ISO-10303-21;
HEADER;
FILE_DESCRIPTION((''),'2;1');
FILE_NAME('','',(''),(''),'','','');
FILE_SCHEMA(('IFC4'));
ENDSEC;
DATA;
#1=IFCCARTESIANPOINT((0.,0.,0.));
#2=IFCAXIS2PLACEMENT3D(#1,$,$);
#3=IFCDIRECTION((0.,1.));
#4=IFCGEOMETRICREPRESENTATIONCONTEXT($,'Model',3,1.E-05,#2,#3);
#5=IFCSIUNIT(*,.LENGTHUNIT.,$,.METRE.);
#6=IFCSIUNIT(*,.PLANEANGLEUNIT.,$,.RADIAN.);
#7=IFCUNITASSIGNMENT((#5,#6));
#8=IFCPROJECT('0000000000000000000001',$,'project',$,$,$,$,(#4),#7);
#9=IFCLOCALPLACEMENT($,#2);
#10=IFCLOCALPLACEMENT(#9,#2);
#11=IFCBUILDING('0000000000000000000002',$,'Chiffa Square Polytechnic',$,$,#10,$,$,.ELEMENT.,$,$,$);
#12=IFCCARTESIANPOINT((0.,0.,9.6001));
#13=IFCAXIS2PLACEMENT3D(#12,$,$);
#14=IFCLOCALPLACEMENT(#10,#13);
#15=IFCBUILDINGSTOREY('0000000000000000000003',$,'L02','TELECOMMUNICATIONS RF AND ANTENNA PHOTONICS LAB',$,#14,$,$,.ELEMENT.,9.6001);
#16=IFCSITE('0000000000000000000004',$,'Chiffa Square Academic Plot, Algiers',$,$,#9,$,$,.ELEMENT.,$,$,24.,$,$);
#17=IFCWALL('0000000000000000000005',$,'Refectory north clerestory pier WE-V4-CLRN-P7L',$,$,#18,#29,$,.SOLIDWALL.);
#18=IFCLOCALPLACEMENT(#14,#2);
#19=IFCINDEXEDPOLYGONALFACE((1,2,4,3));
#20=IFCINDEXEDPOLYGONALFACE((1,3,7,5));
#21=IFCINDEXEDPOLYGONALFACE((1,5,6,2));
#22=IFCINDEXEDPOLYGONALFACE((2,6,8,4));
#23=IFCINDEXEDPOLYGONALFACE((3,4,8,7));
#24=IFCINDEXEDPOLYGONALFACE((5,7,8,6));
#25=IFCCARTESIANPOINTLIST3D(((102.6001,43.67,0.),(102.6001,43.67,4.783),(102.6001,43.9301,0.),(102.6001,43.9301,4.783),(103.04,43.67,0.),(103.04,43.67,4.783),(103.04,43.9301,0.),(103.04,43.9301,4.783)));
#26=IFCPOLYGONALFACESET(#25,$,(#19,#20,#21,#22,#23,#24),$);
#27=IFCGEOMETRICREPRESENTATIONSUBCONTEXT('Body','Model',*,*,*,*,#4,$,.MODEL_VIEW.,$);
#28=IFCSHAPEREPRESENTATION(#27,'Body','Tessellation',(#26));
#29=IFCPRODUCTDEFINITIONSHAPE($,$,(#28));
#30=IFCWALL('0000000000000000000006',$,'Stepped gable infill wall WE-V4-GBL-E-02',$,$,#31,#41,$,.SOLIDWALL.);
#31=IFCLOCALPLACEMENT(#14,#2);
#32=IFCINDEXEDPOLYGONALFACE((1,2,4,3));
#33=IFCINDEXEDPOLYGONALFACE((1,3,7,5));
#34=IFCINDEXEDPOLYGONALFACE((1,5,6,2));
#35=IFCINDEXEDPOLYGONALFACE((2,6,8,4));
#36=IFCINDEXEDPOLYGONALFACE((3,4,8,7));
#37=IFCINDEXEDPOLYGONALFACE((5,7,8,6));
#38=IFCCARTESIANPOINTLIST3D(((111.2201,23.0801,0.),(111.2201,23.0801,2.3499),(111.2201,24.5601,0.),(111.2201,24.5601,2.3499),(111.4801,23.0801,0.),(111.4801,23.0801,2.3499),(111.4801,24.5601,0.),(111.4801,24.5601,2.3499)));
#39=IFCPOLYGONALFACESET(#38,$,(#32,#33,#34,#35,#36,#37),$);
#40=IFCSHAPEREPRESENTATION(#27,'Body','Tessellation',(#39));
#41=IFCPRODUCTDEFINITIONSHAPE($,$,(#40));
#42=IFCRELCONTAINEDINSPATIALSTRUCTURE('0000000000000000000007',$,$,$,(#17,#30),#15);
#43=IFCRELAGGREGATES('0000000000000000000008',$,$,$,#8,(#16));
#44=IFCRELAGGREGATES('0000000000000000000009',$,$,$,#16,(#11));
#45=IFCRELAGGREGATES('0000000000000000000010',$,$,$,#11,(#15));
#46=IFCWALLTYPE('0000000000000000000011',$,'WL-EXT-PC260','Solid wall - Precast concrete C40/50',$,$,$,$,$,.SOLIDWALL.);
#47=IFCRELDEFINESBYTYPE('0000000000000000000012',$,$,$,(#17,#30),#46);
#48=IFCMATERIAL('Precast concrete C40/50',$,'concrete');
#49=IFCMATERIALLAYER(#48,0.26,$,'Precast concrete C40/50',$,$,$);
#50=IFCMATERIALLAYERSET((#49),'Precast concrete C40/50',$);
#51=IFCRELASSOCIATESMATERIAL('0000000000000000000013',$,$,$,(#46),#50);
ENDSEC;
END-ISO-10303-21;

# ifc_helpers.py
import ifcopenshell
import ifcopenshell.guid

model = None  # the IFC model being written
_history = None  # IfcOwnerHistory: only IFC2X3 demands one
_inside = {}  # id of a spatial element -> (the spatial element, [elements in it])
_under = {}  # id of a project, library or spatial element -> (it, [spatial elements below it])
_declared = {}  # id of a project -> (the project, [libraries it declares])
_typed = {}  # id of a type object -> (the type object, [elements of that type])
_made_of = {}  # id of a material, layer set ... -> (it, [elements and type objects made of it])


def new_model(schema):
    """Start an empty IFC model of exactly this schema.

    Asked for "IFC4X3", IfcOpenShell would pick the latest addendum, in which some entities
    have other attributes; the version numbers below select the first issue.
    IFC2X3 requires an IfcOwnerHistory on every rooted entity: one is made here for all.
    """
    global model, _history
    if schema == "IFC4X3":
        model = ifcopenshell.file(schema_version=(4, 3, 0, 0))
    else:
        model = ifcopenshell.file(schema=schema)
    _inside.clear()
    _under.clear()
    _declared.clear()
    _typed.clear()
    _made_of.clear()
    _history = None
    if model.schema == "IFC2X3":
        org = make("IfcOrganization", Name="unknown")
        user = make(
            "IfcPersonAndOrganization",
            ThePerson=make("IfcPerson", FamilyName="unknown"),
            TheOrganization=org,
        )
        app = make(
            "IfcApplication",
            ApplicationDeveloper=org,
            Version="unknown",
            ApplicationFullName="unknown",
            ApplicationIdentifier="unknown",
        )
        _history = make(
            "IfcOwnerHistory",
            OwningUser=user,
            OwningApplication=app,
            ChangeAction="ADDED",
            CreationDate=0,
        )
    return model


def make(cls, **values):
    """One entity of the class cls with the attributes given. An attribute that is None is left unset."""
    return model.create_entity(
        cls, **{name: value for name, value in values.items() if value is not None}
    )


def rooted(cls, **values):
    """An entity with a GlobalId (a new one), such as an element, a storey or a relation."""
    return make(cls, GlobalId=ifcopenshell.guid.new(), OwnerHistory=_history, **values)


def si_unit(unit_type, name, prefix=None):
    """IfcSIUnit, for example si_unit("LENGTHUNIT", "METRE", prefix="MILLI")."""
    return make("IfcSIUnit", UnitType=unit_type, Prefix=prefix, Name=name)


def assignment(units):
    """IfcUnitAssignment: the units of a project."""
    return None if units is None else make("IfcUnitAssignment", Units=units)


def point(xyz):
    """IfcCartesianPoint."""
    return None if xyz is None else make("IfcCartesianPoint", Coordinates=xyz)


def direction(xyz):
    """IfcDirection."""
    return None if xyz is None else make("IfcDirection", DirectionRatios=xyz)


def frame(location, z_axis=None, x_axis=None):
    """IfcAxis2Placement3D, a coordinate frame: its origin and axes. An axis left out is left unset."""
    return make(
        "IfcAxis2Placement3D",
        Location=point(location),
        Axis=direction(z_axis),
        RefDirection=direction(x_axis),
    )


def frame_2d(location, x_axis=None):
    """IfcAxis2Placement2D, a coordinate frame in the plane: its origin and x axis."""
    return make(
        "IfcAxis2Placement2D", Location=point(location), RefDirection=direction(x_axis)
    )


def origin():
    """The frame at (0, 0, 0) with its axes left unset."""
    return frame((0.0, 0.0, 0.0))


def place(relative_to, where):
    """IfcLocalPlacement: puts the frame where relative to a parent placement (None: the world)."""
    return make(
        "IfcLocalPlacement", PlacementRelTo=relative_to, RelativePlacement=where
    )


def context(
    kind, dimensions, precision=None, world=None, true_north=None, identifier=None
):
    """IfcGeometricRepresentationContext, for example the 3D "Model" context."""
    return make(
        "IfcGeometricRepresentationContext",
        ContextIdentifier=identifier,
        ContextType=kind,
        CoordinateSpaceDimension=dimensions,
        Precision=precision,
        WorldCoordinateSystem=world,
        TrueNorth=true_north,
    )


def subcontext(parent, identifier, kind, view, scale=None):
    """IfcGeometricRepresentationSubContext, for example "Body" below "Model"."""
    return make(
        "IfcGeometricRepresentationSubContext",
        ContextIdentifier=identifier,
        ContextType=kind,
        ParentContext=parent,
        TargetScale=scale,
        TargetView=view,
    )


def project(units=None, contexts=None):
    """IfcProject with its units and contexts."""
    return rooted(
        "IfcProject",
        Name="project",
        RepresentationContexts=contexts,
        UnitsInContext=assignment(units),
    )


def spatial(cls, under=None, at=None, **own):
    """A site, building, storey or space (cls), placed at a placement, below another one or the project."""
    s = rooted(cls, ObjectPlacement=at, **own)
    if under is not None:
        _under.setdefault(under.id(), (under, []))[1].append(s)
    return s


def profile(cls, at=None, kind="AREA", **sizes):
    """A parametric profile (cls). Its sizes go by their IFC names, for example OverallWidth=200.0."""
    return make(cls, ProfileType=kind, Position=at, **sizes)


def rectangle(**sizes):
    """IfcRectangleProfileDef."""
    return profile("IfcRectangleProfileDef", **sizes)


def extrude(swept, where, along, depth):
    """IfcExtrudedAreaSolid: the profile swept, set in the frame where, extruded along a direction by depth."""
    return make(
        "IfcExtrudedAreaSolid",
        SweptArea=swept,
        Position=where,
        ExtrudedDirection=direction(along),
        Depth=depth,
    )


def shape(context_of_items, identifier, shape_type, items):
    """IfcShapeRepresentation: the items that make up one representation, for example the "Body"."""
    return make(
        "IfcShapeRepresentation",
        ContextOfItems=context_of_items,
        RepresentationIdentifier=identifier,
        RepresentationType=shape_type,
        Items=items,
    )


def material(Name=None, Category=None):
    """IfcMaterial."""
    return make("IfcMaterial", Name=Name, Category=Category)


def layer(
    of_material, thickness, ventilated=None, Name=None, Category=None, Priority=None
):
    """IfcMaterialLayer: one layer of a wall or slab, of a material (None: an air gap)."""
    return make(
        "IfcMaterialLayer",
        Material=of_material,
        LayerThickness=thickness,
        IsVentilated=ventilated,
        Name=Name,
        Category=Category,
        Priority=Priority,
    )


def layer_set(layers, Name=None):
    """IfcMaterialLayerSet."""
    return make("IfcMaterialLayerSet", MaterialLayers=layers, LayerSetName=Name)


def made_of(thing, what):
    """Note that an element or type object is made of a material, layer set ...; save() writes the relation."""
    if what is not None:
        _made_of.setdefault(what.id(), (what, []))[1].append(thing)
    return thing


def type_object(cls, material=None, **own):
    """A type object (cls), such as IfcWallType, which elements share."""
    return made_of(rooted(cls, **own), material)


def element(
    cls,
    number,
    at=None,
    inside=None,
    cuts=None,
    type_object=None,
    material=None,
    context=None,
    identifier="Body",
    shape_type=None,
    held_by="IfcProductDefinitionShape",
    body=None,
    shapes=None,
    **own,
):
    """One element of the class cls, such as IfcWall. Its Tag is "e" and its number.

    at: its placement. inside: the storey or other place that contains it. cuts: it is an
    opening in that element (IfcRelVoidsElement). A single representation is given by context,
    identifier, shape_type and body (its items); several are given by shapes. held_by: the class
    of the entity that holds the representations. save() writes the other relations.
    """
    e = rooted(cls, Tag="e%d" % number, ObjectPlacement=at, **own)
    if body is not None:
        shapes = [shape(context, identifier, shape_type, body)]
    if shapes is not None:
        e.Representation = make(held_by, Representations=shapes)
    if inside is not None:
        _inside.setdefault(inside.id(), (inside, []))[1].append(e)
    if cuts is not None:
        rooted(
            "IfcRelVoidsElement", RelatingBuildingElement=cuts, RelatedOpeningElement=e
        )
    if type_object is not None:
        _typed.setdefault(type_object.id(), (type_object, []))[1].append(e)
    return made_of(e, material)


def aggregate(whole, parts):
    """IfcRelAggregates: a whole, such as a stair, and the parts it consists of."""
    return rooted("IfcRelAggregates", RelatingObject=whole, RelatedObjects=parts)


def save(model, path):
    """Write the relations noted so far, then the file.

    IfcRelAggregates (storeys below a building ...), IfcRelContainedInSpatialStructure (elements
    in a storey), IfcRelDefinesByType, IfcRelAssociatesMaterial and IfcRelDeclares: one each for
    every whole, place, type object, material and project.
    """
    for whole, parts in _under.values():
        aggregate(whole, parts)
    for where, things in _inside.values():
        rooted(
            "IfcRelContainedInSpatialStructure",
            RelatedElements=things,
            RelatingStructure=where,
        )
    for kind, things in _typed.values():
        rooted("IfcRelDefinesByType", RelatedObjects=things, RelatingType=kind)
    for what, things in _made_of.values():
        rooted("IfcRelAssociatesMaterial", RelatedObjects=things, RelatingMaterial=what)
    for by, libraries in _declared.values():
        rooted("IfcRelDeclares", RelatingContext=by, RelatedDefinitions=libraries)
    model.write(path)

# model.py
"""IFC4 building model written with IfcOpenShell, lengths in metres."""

from ifc_helpers import new_model, si_unit, direction, frame, frame_2d, origin, place, context, subcontext, project, spatial, rectangle, extrude, material, layer, layer_set, type_object, element, save


model = new_model("IFC4")

# Units and contexts
model_context = context("Model", 3, precision=1e-05, world=origin(), true_north=direction((0.0, 1.0)))
body_context = subcontext(model_context, "Body", "Model", "MODEL_VIEW")
ifc_project = project(units=[si_unit("LENGTHUNIT", "METRE"), si_unit("PLANEANGLEUNIT", "RADIAN")], contexts=[model_context])

# Site, building, storey
site_placement = place(None, origin())
site = spatial("IfcSite", under=ifc_project, at=site_placement, Name="Chiffa Square Academic Plot, Algiers", CompositionType="ELEMENT", RefElevation=24.0)
building_placement = place(site_placement, origin())
building = spatial("IfcBuilding", under=site, at=building_placement, Name="Chiffa Square Polytechnic", CompositionType="ELEMENT")
storey_placement = place(building_placement, frame((0.0, 0.0, 9.6001)))
storey = spatial("IfcBuildingStorey", under=building, at=storey_placement, Name="L02", Description="TELECOMMUNICATIONS RF AND ANTENNA PHOTONICS LAB", CompositionType="ELEMENT", Elevation=9.6001)

# Walls
ifc_material_1 = material(Name="Precast concrete C40/50", Category="concrete")
ifc_layer_1 = layer(ifc_material_1, 0.26, Name="Precast concrete C40/50")
ifc_layer_set_1 = layer_set([ifc_layer_1], Name="Precast concrete C40/50")
wall_type = type_object("IfcWallType", Name="WL-EXT-PC260", Description="Solid wall - Precast concrete C40/50", PredefinedType="SOLIDWALL", material=ifc_layer_set_1)
wall_1_placement = place(storey_placement, frame((102.6001, 43.8, 0.0), z_axis=(0.0, 0.0, 1.0), x_axis=(1.0, 0.0, 0.0)))
element("IfcWall", 1, at=wall_1_placement, inside=storey, type_object=wall_type, Name="Refectory north clerestory pier WE-V4-CLRN-P7L", PredefinedType="SOLIDWALL", context=body_context, shape_type="SweptSolid", body=[
    extrude(rectangle(XDim=0.4399, YDim=0.26, at=frame_2d((0.22, 0.0))), origin(), (0.0, 0.0, 1.0), 4.783),
])
wall_2_placement = place(storey_placement, frame((111.3501, 23.0801, 0.0), z_axis=(0.0, 0.0, 1.0), x_axis=(0.0, 1.0, 0.0)))
element("IfcWall", 2, at=wall_2_placement, inside=storey, type_object=wall_type, Name="Stepped gable infill wall WE-V4-GBL-E-02", PredefinedType="SOLIDWALL", context=body_context, shape_type="SweptSolid", body=[
    extrude(rectangle(XDim=1.48, YDim=0.26, at=frame_2d((0.74, 0.0))), origin(), (0.0, 0.0, 1.0), 2.3499),
])

save(model, "model.ifc")
